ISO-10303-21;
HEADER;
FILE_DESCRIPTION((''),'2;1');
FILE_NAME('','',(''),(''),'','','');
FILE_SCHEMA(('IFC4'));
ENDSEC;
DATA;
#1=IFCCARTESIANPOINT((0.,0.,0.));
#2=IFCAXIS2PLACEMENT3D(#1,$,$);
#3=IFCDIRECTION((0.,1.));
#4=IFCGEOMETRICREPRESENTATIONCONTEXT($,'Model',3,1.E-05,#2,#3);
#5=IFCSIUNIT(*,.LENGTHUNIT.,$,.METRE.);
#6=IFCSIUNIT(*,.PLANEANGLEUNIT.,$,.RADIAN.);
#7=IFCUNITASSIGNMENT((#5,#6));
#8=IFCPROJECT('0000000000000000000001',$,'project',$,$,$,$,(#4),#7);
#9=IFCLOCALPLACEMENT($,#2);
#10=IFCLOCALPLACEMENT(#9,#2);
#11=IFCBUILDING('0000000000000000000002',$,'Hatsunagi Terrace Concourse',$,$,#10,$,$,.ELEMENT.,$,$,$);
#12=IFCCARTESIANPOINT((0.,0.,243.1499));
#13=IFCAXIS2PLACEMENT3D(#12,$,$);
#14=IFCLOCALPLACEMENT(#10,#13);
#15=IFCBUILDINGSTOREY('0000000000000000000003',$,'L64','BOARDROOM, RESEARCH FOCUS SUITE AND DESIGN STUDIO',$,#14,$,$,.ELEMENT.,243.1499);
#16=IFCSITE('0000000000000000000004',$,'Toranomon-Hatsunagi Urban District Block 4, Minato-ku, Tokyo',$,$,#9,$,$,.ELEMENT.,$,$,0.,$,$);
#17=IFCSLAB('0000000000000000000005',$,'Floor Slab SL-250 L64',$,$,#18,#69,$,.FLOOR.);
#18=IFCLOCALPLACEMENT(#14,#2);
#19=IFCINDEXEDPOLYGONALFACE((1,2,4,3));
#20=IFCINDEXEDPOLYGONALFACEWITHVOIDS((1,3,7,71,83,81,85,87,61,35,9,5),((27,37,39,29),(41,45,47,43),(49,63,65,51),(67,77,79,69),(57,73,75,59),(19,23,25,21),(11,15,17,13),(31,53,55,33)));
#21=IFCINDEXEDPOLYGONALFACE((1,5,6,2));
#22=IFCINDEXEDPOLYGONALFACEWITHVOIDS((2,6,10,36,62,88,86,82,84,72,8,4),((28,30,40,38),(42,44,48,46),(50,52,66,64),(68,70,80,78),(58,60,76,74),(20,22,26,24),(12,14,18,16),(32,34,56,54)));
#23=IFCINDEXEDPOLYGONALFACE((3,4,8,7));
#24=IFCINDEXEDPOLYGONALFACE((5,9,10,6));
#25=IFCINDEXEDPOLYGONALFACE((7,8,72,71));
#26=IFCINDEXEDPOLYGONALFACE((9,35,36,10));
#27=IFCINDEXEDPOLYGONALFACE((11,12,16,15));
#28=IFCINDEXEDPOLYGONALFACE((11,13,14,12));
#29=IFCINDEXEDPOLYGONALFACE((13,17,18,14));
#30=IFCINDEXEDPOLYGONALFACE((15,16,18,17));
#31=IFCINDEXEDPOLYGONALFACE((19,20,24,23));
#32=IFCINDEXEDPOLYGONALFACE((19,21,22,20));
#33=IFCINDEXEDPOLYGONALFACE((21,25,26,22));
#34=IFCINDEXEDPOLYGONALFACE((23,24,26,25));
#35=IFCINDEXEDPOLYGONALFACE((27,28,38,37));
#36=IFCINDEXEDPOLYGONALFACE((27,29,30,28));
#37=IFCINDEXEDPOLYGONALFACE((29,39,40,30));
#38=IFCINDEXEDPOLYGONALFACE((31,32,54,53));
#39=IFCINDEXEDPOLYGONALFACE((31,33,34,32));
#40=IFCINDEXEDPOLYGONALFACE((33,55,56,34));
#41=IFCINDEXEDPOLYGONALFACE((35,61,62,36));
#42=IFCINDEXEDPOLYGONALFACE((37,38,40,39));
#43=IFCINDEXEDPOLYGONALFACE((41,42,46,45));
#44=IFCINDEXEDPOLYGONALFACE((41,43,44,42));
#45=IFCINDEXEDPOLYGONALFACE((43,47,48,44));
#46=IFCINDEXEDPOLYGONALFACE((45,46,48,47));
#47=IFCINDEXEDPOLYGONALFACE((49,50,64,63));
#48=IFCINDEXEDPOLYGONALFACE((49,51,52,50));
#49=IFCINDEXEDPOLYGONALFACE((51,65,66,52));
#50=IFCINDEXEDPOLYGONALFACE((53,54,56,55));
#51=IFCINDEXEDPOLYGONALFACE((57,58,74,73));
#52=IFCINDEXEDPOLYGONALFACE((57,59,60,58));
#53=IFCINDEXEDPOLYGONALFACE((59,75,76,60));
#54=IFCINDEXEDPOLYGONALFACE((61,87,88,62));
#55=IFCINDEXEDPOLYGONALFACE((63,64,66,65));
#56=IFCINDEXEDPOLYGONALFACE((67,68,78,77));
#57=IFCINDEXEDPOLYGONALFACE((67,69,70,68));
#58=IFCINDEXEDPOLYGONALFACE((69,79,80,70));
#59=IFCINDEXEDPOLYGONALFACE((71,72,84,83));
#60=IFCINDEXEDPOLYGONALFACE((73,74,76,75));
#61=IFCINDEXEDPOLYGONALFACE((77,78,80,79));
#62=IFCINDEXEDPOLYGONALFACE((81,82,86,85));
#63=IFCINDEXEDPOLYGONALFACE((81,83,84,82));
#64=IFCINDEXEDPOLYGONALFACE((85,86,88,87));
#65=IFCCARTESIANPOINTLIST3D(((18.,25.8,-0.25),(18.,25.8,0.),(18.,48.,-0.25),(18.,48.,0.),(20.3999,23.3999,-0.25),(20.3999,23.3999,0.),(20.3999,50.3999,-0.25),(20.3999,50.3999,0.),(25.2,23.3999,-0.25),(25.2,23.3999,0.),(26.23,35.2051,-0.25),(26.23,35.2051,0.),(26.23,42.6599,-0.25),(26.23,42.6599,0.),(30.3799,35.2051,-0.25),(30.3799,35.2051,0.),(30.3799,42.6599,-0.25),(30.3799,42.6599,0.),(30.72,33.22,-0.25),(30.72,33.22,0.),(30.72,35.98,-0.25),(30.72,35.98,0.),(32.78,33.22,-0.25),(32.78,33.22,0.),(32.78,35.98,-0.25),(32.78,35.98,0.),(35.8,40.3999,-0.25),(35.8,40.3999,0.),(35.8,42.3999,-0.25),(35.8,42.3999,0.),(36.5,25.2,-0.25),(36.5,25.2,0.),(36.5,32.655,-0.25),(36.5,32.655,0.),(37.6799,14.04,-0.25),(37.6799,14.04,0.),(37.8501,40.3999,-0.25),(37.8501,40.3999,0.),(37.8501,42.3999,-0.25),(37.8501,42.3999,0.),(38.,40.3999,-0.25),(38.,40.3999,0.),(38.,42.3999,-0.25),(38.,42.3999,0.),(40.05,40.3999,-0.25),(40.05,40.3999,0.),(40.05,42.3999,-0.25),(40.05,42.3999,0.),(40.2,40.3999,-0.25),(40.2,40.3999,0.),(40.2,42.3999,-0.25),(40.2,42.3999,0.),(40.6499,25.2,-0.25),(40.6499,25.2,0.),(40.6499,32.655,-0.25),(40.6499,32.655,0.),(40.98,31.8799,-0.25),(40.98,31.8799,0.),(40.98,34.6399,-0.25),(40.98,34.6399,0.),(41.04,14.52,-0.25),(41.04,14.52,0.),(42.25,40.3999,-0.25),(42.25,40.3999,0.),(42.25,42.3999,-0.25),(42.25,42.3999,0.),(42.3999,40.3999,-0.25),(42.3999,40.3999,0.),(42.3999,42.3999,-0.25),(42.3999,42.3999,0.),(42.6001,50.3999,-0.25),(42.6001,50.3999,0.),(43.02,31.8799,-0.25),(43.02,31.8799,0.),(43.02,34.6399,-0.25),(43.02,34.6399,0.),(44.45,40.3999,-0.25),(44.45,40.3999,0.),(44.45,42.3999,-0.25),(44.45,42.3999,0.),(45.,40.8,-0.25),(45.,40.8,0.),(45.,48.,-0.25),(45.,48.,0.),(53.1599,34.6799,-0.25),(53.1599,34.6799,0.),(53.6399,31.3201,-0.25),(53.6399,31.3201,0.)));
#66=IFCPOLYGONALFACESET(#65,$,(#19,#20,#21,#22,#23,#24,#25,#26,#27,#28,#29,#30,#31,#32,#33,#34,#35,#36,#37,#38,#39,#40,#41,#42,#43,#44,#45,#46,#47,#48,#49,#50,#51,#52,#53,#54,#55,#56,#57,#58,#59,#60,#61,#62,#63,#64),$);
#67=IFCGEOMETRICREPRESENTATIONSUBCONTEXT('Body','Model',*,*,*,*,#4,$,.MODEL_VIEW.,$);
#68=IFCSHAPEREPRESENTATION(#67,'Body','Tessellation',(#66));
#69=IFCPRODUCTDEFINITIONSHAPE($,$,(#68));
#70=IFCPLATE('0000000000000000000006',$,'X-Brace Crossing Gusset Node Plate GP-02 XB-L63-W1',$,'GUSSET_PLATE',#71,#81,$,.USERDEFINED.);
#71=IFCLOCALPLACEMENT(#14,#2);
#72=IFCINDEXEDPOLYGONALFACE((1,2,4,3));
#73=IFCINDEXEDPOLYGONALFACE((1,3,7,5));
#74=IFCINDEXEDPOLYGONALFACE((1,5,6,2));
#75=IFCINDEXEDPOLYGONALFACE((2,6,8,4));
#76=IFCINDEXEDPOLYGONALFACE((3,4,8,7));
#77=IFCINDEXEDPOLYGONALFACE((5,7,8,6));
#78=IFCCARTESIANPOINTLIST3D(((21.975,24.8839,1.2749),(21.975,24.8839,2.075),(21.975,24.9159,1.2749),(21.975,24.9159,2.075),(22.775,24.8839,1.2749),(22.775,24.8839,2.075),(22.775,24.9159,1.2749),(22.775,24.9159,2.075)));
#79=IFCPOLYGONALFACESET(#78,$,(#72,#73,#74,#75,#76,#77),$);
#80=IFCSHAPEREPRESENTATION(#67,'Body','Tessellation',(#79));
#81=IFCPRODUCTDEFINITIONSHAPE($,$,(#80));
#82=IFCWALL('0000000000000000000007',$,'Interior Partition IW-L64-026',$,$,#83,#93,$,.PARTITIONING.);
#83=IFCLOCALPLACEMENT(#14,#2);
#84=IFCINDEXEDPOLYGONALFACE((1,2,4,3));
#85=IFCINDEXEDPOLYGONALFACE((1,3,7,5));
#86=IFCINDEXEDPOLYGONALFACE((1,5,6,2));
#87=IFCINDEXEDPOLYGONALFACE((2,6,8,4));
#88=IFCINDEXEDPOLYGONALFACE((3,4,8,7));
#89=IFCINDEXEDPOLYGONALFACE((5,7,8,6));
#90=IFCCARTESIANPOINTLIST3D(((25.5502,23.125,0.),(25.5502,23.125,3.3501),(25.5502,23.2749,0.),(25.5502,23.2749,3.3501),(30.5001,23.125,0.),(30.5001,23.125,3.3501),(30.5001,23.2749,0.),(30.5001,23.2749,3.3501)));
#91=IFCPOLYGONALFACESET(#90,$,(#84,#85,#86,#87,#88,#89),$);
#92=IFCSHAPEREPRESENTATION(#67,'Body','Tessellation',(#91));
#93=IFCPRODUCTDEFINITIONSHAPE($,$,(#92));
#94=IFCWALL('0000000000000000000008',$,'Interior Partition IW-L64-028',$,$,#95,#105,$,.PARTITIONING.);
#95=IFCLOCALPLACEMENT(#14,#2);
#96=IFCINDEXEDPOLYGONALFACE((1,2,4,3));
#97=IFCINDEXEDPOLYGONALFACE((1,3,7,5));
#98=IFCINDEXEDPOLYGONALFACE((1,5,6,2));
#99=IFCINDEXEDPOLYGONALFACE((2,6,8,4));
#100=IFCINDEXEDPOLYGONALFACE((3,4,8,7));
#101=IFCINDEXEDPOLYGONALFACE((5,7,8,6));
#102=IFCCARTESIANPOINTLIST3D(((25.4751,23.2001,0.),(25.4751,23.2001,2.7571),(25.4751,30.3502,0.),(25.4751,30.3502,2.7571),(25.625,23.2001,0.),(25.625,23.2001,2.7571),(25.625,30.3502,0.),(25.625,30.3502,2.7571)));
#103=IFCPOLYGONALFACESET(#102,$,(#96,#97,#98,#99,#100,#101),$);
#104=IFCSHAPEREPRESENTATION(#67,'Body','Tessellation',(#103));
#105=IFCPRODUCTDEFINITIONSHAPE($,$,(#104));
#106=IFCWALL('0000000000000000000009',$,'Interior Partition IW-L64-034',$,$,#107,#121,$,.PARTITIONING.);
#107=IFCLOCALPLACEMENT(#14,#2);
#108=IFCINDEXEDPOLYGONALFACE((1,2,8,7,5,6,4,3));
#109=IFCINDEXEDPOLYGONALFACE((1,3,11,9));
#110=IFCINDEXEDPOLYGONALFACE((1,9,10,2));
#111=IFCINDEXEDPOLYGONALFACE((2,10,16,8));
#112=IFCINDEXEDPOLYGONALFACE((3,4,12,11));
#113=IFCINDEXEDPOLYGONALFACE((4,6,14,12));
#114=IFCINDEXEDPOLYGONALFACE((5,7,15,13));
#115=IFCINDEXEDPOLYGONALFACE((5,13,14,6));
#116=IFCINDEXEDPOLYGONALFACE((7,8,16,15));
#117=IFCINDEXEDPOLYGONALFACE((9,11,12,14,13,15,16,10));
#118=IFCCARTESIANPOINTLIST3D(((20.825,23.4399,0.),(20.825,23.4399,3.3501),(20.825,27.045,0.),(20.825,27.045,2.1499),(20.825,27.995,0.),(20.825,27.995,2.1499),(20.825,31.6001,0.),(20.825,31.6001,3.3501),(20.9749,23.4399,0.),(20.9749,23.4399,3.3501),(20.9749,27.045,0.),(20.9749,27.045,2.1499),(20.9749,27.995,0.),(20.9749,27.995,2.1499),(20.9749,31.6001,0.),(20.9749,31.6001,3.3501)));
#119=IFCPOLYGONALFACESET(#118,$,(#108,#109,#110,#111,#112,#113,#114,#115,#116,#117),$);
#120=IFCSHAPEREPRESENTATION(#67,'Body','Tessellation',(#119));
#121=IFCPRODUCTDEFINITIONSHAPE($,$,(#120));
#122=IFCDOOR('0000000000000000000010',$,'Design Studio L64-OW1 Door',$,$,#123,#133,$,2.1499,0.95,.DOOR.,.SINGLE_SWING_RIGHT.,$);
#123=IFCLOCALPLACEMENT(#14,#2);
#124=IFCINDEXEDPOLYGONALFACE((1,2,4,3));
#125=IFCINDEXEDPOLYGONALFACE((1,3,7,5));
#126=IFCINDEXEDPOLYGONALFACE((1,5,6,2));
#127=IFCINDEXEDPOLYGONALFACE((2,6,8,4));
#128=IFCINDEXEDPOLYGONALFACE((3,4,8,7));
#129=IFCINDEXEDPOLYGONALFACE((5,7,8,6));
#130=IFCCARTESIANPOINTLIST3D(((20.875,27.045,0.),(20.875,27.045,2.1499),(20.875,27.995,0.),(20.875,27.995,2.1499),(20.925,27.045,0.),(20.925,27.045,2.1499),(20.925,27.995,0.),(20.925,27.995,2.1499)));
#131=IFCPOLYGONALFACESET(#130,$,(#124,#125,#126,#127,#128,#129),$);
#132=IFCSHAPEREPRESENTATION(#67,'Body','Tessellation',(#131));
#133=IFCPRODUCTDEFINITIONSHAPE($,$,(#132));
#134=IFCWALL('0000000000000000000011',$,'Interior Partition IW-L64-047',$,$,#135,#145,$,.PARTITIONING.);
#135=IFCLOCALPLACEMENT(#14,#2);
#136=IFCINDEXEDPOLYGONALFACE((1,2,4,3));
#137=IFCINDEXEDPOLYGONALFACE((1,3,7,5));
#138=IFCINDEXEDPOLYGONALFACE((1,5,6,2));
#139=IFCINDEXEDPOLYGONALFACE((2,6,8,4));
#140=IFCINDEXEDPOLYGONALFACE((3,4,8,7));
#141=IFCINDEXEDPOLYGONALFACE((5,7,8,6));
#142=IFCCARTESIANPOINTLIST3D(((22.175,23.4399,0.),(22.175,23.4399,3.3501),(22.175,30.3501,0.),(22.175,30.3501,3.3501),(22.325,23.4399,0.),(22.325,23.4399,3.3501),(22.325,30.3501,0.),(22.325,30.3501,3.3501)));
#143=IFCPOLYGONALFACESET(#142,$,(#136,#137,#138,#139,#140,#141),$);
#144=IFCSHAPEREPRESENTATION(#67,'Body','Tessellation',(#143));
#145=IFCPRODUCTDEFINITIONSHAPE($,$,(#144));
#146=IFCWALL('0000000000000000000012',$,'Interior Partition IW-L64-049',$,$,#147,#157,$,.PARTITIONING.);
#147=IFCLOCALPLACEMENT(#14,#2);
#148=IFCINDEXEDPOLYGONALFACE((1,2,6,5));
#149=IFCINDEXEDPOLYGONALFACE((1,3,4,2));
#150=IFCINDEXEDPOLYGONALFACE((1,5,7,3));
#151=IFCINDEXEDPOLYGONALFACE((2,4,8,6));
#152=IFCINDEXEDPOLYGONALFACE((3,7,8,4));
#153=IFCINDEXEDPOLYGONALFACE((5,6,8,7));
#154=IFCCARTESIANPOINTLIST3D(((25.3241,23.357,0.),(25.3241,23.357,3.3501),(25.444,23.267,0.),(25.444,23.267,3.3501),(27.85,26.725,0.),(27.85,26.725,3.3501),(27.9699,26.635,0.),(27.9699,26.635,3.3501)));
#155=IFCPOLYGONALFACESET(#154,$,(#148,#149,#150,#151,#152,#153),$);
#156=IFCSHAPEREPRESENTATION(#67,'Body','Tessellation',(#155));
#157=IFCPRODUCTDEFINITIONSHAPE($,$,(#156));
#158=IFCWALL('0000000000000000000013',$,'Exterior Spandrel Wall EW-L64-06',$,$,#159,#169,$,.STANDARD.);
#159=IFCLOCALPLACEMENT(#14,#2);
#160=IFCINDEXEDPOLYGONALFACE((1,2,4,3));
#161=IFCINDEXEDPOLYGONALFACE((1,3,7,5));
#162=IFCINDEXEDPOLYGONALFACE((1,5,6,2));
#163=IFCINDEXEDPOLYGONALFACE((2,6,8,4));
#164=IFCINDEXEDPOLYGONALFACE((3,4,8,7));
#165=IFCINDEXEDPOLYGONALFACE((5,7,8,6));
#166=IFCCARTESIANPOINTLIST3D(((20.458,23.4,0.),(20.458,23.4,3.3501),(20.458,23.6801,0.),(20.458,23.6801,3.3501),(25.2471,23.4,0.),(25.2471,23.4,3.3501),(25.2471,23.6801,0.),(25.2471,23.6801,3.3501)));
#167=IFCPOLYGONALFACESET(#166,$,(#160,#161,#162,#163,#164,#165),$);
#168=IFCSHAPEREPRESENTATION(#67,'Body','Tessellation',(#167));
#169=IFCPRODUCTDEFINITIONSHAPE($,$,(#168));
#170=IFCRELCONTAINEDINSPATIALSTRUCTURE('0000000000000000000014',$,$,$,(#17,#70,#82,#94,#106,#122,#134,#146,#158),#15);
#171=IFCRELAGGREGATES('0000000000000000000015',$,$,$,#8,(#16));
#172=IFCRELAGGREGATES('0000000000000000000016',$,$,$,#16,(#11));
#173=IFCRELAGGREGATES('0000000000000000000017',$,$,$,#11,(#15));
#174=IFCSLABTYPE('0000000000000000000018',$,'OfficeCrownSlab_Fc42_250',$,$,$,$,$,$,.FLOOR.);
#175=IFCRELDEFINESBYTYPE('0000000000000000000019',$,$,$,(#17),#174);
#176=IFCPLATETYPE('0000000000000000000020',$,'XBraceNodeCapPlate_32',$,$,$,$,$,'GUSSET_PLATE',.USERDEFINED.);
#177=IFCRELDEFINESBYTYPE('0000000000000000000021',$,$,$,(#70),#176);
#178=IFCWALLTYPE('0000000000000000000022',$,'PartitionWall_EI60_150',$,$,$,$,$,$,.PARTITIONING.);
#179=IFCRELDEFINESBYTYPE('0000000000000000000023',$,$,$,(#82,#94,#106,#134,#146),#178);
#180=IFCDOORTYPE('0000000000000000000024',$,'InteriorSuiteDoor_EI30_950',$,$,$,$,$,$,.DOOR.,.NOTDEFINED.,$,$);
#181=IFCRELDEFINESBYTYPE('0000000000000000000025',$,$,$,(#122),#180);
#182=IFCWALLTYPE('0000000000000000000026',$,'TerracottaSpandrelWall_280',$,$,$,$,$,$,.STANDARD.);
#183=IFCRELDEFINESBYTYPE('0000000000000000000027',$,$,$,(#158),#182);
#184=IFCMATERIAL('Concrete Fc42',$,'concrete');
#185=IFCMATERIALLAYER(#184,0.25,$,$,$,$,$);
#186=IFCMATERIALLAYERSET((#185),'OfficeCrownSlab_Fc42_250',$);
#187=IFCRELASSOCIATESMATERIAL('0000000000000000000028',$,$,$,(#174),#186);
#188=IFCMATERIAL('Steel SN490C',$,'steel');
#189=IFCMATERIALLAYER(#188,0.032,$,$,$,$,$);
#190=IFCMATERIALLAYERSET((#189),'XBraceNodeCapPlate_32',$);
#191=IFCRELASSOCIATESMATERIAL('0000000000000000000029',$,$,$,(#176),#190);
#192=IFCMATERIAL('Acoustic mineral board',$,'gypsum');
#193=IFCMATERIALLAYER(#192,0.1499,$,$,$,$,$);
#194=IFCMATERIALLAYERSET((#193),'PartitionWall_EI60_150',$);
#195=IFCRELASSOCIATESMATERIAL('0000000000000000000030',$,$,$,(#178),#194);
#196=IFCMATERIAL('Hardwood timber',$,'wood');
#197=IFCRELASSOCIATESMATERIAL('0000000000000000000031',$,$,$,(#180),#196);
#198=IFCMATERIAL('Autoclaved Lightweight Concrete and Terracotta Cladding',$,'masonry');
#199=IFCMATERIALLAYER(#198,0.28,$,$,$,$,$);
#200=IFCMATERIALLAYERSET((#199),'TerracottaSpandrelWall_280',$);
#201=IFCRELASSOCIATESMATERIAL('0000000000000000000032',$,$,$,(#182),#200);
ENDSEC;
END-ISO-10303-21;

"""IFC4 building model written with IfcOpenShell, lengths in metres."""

from ifc_helpers import new_model, si_unit, direction, frame, frame_2d, origin, origin_2d, place, context, subcontext, project, spatial, polyline, rectangle, outline, extrude, material, layer, layer_set, type_object, element, fill, save


model = new_model("IFC4")

# Units and contexts
model_context = context("Model", 3, precision=1e-05, world=origin(), true_north=direction((0.0, 1.0)))
body_context = subcontext(model_context, "Body", "Model", "MODEL_VIEW")
ifc_project = project(units=[si_unit("LENGTHUNIT", "METRE"), si_unit("PLANEANGLEUNIT", "RADIAN")], contexts=[model_context])

# Site, building, storey
site_placement = place(None, origin())
site = spatial("IfcSite", under=ifc_project, at=site_placement, Name="Toranomon-Hatsunagi Urban District Block 4, Minato-ku, Tokyo", CompositionType="ELEMENT", RefElevation=0.0)
building_placement = place(site_placement, origin())
building = spatial("IfcBuilding", under=site, at=building_placement, Name="Hatsunagi Terrace Concourse", CompositionType="ELEMENT")
storey_placement = place(building_placement, frame((0.0, 0.0, 243.1499)))
storey = spatial("IfcBuildingStorey", under=building, at=storey_placement, Name="L64", Description="BOARDROOM, RESEARCH FOCUS SUITE AND DESIGN STUDIO", CompositionType="ELEMENT", Elevation=243.1499)

# Slab
ifc_material_1 = material(Name="Concrete Fc42", Category="concrete")
ifc_layer_1 = layer(ifc_material_1, 0.25)
ifc_layer_set_1 = layer_set([ifc_layer_1], Name="OfficeCrownSlab_Fc42_250")
slab_type_1 = type_object("IfcSlabType", Name="OfficeCrownSlab_Fc42_250", PredefinedType="FLOOR", material=ifc_layer_set_1)
slab_1_placement = place(storey_placement, frame((0.0, 0.0, -0.25)))
element("IfcSlab", 1, at=slab_1_placement, inside=storey, type_object=slab_type_1, Name="Floor Slab SL-250 L64", PredefinedType="FLOOR", context=body_context, shape_type="SweptSolid", body=[
    extrude(outline(polyline([(45.0, 40.8), (45.0, 48.0), (42.6001, 50.3999), (20.3999, 50.3999), (18.0, 48.0), (18.0, 25.8), (20.3999, 23.3999), (25.2, 23.3999), (37.6799, 14.04), (41.04, 14.52), (53.6399, 31.3201), (53.1599, 34.6799), (45.0, 40.8)]), holes=[polyline([(26.23, 35.2051), (30.3799, 35.2051), (30.3799, 42.6599), (26.23, 42.6599), (26.23, 35.2051)]), polyline([(36.5, 25.2), (40.6499, 25.2), (40.6499, 32.655), (36.5, 32.655), (36.5, 25.2)]), polyline([(30.72, 33.22), (32.78, 33.22), (32.78, 35.98), (30.72, 35.98), (30.72, 33.22)]), polyline([(40.98, 31.8799), (43.02, 31.8799), (43.02, 34.6399), (40.98, 34.6399), (40.98, 31.8799)]), polyline([(35.8, 40.3999), (37.8501, 40.3999), (37.8501, 42.3999), (35.8, 42.3999), (35.8, 40.3999)]), polyline([(38.0, 40.3999), (40.05, 40.3999), (40.05, 42.3999), (38.0, 42.3999), (38.0, 40.3999)]), polyline([(40.2, 40.3999), (42.25, 40.3999), (42.25, 42.3999), (40.2, 42.3999), (40.2, 40.3999)]), polyline([(42.3999, 40.3999), (44.45, 40.3999), (44.45, 42.3999), (42.3999, 42.3999), (42.3999, 40.3999)])]), origin(), (0.0, 0.0, 1.0), 0.25),
])

# Plate
ifc_material_2 = material(Name="Steel SN490C", Category="steel")
ifc_layer_2 = layer(ifc_material_2, 0.032)
ifc_layer_set_2 = layer_set([ifc_layer_2], Name="XBraceNodeCapPlate_32")
plate_type_1 = type_object("IfcPlateType", Name="XBraceNodeCapPlate_32", ElementType="GUSSET_PLATE", PredefinedType="USERDEFINED", material=ifc_layer_set_2)
plate_1_placement = place(storey_placement, frame((22.375, 24.8999, 1.2749), z_axis=(0.0, 0.0, 1.0), x_axis=(1.0, 0.0, 0.0)))
element("IfcPlate", 2, at=plate_1_placement, inside=storey, type_object=plate_type_1, Name="X-Brace Crossing Gusset Node Plate GP-02 XB-L63-W1", ObjectType="GUSSET_PLATE", PredefinedType="USERDEFINED", context=body_context, shape_type="SweptSolid", body=[
    extrude(rectangle(XDim=0.8, YDim=0.032, at=origin_2d()), origin(), (0.0, 0.0, 1.0), 0.8),
])

# Walls
ifc_material_3 = material(Name="Acoustic mineral board", Category="gypsum")
ifc_layer_3 = layer(ifc_material_3, 0.1499)
ifc_layer_set_3 = layer_set([ifc_layer_3], Name="PartitionWall_EI60_150")
wall_type_1 = type_object("IfcWallType", Name="PartitionWall_EI60_150", PredefinedType="PARTITIONING", material=ifc_layer_set_3)
wall_1_placement = place(storey_placement, frame((25.55, 23.2, 0.0), z_axis=(0.0, 0.0, 1.0), x_axis=(1.0, 0.0, 0.0)))
element("IfcWall", 3, at=wall_1_placement, inside=storey, type_object=wall_type_1, Name="Interior Partition IW-L64-026", PredefinedType="PARTITIONING", context=body_context, shape_type="SweptSolid", body=[
    extrude(rectangle(XDim=4.95, YDim=0.1499, at=frame_2d((2.4751, 0.0))), origin(), (0.0, 0.0, 1.0), 3.3501),
])
wall_2_placement = place(storey_placement, frame((25.55, 23.2, 0.0), z_axis=(0.0, 0.0, 1.0), x_axis=(0.0, 1.0, 0.0)))
element("IfcWall", 4, at=wall_2_placement, inside=storey, type_object=wall_type_1, Name="Interior Partition IW-L64-028", PredefinedType="PARTITIONING", context=body_context, shape_type="SweptSolid", body=[
    extrude(rectangle(XDim=7.1501, YDim=0.1499, at=frame_2d((3.5752, 0.0))), origin(), (0.0, 0.0, 1.0), 2.7571),
])

# Wall, opening, door
wall_3_placement = place(storey_placement, frame((20.8999, 23.4399, 0.0), z_axis=(0.0, 0.0, 1.0), x_axis=(0.0, 1.0, 0.0)))
wall_3 = element("IfcWall", 5, at=wall_3_placement, inside=storey, type_object=wall_type_1, Name="Interior Partition IW-L64-034", PredefinedType="PARTITIONING", context=body_context, shape_type="SweptSolid", body=[
    extrude(rectangle(XDim=8.1602, YDim=0.1499, at=frame_2d((4.0801, 0.0))), origin(), (0.0, 0.0, 1.0), 3.3501),
])
opening_placement = place(wall_3_placement, frame((3.605, 0.0, 0.0)))
opening = element("IfcOpeningElement", 6, at=opening_placement, cuts=wall_3, PredefinedType="OPENING", context=body_context, shape_type="SweptSolid", body=[
    extrude(rectangle(XDim=0.95, YDim=2.1499, at=frame_2d((0.4751, 1.075))), frame((0.0, 0.085, 0.0), z_axis=(0.0, -1.0, 0.0), x_axis=(1.0, 0.0, 0.0)), (0.0, 0.0, 1.0), 0.1699),
])
ifc_material_4 = material(Name="Hardwood timber", Category="wood")
door_type = type_object("IfcDoorType", Name="InteriorSuiteDoor_EI30_950", OperationType="NOTDEFINED", PredefinedType="DOOR", material=ifc_material_4)
door_placement = place(opening_placement, origin())
door = element("IfcDoor", 7, at=door_placement, inside=storey, type_object=door_type, Name="Design Studio L64-OW1 Door", OperationType="SINGLE_SWING_RIGHT", OverallHeight=2.1499, OverallWidth=0.95, PredefinedType="DOOR", context=body_context, shape_type="SweptSolid", body=[
    extrude(rectangle(XDim=0.95, YDim=2.1499, at=frame_2d((0.4751, 1.075))), frame((0.0, 0.0249, 0.0), z_axis=(0.0, -1.0, 0.0), x_axis=(1.0, 0.0, 0.0)), (0.0, 0.0, 1.0), 0.05),
])
fill(opening, door)

# Walls
wall_4_placement = place(storey_placement, frame((22.25, 23.4399, 0.0), z_axis=(0.0, 0.0, 1.0), x_axis=(0.0, 1.0, 0.0)))
element("IfcWall", 8, at=wall_4_placement, inside=storey, type_object=wall_type_1, Name="Interior Partition IW-L64-047", PredefinedType="PARTITIONING", context=body_context, shape_type="SweptSolid", body=[
    extrude(rectangle(XDim=6.9102, YDim=0.1499, at=frame_2d((3.4551, 0.0))), origin(), (0.0, 0.0, 1.0), 3.3501),
])
wall_5_placement = place(storey_placement, frame((25.384, 23.312, 0.0), z_axis=(0.0, 0.0, 1.0), x_axis=(0.599991, 0.800007, 0.0)))
element("IfcWall", 9, at=wall_5_placement, inside=storey, type_object=wall_type_1, Name="Interior Partition IW-L64-049", PredefinedType="PARTITIONING", context=body_context, shape_type="SweptSolid", body=[
    extrude(rectangle(XDim=4.21, YDim=0.1499, at=frame_2d((2.105, 0.0))), origin(), (0.0, 0.0, 1.0), 3.3501),
])
ifc_material_5 = material(Name="Autoclaved Lightweight Concrete and Terracotta Cladding", Category="masonry")
ifc_layer_4 = layer(ifc_material_5, 0.28)
ifc_layer_set_4 = layer_set([ifc_layer_4], Name="TerracottaSpandrelWall_280")
wall_type_2 = type_object("IfcWallType", Name="TerracottaSpandrelWall_280", PredefinedType="STANDARD", material=ifc_layer_set_4)
wall_6_placement = place(storey_placement, frame((25.2471, 23.54, 0.0), z_axis=(0.0, 0.0, 1.0), x_axis=(-1.0, 0.0, 0.0)))
element("IfcWall", 10, at=wall_6_placement, inside=storey, type_object=wall_type_2, Name="Exterior Spandrel Wall EW-L64-06", PredefinedType="STANDARD", context=body_context, shape_type="SweptSolid", body=[
    extrude(rectangle(XDim=4.7891, YDim=0.28, at=frame_2d((2.3945, 0.0))), origin(), (0.0, 0.0, 1.0), 3.3501),
])

save(model, "model.ifc")
